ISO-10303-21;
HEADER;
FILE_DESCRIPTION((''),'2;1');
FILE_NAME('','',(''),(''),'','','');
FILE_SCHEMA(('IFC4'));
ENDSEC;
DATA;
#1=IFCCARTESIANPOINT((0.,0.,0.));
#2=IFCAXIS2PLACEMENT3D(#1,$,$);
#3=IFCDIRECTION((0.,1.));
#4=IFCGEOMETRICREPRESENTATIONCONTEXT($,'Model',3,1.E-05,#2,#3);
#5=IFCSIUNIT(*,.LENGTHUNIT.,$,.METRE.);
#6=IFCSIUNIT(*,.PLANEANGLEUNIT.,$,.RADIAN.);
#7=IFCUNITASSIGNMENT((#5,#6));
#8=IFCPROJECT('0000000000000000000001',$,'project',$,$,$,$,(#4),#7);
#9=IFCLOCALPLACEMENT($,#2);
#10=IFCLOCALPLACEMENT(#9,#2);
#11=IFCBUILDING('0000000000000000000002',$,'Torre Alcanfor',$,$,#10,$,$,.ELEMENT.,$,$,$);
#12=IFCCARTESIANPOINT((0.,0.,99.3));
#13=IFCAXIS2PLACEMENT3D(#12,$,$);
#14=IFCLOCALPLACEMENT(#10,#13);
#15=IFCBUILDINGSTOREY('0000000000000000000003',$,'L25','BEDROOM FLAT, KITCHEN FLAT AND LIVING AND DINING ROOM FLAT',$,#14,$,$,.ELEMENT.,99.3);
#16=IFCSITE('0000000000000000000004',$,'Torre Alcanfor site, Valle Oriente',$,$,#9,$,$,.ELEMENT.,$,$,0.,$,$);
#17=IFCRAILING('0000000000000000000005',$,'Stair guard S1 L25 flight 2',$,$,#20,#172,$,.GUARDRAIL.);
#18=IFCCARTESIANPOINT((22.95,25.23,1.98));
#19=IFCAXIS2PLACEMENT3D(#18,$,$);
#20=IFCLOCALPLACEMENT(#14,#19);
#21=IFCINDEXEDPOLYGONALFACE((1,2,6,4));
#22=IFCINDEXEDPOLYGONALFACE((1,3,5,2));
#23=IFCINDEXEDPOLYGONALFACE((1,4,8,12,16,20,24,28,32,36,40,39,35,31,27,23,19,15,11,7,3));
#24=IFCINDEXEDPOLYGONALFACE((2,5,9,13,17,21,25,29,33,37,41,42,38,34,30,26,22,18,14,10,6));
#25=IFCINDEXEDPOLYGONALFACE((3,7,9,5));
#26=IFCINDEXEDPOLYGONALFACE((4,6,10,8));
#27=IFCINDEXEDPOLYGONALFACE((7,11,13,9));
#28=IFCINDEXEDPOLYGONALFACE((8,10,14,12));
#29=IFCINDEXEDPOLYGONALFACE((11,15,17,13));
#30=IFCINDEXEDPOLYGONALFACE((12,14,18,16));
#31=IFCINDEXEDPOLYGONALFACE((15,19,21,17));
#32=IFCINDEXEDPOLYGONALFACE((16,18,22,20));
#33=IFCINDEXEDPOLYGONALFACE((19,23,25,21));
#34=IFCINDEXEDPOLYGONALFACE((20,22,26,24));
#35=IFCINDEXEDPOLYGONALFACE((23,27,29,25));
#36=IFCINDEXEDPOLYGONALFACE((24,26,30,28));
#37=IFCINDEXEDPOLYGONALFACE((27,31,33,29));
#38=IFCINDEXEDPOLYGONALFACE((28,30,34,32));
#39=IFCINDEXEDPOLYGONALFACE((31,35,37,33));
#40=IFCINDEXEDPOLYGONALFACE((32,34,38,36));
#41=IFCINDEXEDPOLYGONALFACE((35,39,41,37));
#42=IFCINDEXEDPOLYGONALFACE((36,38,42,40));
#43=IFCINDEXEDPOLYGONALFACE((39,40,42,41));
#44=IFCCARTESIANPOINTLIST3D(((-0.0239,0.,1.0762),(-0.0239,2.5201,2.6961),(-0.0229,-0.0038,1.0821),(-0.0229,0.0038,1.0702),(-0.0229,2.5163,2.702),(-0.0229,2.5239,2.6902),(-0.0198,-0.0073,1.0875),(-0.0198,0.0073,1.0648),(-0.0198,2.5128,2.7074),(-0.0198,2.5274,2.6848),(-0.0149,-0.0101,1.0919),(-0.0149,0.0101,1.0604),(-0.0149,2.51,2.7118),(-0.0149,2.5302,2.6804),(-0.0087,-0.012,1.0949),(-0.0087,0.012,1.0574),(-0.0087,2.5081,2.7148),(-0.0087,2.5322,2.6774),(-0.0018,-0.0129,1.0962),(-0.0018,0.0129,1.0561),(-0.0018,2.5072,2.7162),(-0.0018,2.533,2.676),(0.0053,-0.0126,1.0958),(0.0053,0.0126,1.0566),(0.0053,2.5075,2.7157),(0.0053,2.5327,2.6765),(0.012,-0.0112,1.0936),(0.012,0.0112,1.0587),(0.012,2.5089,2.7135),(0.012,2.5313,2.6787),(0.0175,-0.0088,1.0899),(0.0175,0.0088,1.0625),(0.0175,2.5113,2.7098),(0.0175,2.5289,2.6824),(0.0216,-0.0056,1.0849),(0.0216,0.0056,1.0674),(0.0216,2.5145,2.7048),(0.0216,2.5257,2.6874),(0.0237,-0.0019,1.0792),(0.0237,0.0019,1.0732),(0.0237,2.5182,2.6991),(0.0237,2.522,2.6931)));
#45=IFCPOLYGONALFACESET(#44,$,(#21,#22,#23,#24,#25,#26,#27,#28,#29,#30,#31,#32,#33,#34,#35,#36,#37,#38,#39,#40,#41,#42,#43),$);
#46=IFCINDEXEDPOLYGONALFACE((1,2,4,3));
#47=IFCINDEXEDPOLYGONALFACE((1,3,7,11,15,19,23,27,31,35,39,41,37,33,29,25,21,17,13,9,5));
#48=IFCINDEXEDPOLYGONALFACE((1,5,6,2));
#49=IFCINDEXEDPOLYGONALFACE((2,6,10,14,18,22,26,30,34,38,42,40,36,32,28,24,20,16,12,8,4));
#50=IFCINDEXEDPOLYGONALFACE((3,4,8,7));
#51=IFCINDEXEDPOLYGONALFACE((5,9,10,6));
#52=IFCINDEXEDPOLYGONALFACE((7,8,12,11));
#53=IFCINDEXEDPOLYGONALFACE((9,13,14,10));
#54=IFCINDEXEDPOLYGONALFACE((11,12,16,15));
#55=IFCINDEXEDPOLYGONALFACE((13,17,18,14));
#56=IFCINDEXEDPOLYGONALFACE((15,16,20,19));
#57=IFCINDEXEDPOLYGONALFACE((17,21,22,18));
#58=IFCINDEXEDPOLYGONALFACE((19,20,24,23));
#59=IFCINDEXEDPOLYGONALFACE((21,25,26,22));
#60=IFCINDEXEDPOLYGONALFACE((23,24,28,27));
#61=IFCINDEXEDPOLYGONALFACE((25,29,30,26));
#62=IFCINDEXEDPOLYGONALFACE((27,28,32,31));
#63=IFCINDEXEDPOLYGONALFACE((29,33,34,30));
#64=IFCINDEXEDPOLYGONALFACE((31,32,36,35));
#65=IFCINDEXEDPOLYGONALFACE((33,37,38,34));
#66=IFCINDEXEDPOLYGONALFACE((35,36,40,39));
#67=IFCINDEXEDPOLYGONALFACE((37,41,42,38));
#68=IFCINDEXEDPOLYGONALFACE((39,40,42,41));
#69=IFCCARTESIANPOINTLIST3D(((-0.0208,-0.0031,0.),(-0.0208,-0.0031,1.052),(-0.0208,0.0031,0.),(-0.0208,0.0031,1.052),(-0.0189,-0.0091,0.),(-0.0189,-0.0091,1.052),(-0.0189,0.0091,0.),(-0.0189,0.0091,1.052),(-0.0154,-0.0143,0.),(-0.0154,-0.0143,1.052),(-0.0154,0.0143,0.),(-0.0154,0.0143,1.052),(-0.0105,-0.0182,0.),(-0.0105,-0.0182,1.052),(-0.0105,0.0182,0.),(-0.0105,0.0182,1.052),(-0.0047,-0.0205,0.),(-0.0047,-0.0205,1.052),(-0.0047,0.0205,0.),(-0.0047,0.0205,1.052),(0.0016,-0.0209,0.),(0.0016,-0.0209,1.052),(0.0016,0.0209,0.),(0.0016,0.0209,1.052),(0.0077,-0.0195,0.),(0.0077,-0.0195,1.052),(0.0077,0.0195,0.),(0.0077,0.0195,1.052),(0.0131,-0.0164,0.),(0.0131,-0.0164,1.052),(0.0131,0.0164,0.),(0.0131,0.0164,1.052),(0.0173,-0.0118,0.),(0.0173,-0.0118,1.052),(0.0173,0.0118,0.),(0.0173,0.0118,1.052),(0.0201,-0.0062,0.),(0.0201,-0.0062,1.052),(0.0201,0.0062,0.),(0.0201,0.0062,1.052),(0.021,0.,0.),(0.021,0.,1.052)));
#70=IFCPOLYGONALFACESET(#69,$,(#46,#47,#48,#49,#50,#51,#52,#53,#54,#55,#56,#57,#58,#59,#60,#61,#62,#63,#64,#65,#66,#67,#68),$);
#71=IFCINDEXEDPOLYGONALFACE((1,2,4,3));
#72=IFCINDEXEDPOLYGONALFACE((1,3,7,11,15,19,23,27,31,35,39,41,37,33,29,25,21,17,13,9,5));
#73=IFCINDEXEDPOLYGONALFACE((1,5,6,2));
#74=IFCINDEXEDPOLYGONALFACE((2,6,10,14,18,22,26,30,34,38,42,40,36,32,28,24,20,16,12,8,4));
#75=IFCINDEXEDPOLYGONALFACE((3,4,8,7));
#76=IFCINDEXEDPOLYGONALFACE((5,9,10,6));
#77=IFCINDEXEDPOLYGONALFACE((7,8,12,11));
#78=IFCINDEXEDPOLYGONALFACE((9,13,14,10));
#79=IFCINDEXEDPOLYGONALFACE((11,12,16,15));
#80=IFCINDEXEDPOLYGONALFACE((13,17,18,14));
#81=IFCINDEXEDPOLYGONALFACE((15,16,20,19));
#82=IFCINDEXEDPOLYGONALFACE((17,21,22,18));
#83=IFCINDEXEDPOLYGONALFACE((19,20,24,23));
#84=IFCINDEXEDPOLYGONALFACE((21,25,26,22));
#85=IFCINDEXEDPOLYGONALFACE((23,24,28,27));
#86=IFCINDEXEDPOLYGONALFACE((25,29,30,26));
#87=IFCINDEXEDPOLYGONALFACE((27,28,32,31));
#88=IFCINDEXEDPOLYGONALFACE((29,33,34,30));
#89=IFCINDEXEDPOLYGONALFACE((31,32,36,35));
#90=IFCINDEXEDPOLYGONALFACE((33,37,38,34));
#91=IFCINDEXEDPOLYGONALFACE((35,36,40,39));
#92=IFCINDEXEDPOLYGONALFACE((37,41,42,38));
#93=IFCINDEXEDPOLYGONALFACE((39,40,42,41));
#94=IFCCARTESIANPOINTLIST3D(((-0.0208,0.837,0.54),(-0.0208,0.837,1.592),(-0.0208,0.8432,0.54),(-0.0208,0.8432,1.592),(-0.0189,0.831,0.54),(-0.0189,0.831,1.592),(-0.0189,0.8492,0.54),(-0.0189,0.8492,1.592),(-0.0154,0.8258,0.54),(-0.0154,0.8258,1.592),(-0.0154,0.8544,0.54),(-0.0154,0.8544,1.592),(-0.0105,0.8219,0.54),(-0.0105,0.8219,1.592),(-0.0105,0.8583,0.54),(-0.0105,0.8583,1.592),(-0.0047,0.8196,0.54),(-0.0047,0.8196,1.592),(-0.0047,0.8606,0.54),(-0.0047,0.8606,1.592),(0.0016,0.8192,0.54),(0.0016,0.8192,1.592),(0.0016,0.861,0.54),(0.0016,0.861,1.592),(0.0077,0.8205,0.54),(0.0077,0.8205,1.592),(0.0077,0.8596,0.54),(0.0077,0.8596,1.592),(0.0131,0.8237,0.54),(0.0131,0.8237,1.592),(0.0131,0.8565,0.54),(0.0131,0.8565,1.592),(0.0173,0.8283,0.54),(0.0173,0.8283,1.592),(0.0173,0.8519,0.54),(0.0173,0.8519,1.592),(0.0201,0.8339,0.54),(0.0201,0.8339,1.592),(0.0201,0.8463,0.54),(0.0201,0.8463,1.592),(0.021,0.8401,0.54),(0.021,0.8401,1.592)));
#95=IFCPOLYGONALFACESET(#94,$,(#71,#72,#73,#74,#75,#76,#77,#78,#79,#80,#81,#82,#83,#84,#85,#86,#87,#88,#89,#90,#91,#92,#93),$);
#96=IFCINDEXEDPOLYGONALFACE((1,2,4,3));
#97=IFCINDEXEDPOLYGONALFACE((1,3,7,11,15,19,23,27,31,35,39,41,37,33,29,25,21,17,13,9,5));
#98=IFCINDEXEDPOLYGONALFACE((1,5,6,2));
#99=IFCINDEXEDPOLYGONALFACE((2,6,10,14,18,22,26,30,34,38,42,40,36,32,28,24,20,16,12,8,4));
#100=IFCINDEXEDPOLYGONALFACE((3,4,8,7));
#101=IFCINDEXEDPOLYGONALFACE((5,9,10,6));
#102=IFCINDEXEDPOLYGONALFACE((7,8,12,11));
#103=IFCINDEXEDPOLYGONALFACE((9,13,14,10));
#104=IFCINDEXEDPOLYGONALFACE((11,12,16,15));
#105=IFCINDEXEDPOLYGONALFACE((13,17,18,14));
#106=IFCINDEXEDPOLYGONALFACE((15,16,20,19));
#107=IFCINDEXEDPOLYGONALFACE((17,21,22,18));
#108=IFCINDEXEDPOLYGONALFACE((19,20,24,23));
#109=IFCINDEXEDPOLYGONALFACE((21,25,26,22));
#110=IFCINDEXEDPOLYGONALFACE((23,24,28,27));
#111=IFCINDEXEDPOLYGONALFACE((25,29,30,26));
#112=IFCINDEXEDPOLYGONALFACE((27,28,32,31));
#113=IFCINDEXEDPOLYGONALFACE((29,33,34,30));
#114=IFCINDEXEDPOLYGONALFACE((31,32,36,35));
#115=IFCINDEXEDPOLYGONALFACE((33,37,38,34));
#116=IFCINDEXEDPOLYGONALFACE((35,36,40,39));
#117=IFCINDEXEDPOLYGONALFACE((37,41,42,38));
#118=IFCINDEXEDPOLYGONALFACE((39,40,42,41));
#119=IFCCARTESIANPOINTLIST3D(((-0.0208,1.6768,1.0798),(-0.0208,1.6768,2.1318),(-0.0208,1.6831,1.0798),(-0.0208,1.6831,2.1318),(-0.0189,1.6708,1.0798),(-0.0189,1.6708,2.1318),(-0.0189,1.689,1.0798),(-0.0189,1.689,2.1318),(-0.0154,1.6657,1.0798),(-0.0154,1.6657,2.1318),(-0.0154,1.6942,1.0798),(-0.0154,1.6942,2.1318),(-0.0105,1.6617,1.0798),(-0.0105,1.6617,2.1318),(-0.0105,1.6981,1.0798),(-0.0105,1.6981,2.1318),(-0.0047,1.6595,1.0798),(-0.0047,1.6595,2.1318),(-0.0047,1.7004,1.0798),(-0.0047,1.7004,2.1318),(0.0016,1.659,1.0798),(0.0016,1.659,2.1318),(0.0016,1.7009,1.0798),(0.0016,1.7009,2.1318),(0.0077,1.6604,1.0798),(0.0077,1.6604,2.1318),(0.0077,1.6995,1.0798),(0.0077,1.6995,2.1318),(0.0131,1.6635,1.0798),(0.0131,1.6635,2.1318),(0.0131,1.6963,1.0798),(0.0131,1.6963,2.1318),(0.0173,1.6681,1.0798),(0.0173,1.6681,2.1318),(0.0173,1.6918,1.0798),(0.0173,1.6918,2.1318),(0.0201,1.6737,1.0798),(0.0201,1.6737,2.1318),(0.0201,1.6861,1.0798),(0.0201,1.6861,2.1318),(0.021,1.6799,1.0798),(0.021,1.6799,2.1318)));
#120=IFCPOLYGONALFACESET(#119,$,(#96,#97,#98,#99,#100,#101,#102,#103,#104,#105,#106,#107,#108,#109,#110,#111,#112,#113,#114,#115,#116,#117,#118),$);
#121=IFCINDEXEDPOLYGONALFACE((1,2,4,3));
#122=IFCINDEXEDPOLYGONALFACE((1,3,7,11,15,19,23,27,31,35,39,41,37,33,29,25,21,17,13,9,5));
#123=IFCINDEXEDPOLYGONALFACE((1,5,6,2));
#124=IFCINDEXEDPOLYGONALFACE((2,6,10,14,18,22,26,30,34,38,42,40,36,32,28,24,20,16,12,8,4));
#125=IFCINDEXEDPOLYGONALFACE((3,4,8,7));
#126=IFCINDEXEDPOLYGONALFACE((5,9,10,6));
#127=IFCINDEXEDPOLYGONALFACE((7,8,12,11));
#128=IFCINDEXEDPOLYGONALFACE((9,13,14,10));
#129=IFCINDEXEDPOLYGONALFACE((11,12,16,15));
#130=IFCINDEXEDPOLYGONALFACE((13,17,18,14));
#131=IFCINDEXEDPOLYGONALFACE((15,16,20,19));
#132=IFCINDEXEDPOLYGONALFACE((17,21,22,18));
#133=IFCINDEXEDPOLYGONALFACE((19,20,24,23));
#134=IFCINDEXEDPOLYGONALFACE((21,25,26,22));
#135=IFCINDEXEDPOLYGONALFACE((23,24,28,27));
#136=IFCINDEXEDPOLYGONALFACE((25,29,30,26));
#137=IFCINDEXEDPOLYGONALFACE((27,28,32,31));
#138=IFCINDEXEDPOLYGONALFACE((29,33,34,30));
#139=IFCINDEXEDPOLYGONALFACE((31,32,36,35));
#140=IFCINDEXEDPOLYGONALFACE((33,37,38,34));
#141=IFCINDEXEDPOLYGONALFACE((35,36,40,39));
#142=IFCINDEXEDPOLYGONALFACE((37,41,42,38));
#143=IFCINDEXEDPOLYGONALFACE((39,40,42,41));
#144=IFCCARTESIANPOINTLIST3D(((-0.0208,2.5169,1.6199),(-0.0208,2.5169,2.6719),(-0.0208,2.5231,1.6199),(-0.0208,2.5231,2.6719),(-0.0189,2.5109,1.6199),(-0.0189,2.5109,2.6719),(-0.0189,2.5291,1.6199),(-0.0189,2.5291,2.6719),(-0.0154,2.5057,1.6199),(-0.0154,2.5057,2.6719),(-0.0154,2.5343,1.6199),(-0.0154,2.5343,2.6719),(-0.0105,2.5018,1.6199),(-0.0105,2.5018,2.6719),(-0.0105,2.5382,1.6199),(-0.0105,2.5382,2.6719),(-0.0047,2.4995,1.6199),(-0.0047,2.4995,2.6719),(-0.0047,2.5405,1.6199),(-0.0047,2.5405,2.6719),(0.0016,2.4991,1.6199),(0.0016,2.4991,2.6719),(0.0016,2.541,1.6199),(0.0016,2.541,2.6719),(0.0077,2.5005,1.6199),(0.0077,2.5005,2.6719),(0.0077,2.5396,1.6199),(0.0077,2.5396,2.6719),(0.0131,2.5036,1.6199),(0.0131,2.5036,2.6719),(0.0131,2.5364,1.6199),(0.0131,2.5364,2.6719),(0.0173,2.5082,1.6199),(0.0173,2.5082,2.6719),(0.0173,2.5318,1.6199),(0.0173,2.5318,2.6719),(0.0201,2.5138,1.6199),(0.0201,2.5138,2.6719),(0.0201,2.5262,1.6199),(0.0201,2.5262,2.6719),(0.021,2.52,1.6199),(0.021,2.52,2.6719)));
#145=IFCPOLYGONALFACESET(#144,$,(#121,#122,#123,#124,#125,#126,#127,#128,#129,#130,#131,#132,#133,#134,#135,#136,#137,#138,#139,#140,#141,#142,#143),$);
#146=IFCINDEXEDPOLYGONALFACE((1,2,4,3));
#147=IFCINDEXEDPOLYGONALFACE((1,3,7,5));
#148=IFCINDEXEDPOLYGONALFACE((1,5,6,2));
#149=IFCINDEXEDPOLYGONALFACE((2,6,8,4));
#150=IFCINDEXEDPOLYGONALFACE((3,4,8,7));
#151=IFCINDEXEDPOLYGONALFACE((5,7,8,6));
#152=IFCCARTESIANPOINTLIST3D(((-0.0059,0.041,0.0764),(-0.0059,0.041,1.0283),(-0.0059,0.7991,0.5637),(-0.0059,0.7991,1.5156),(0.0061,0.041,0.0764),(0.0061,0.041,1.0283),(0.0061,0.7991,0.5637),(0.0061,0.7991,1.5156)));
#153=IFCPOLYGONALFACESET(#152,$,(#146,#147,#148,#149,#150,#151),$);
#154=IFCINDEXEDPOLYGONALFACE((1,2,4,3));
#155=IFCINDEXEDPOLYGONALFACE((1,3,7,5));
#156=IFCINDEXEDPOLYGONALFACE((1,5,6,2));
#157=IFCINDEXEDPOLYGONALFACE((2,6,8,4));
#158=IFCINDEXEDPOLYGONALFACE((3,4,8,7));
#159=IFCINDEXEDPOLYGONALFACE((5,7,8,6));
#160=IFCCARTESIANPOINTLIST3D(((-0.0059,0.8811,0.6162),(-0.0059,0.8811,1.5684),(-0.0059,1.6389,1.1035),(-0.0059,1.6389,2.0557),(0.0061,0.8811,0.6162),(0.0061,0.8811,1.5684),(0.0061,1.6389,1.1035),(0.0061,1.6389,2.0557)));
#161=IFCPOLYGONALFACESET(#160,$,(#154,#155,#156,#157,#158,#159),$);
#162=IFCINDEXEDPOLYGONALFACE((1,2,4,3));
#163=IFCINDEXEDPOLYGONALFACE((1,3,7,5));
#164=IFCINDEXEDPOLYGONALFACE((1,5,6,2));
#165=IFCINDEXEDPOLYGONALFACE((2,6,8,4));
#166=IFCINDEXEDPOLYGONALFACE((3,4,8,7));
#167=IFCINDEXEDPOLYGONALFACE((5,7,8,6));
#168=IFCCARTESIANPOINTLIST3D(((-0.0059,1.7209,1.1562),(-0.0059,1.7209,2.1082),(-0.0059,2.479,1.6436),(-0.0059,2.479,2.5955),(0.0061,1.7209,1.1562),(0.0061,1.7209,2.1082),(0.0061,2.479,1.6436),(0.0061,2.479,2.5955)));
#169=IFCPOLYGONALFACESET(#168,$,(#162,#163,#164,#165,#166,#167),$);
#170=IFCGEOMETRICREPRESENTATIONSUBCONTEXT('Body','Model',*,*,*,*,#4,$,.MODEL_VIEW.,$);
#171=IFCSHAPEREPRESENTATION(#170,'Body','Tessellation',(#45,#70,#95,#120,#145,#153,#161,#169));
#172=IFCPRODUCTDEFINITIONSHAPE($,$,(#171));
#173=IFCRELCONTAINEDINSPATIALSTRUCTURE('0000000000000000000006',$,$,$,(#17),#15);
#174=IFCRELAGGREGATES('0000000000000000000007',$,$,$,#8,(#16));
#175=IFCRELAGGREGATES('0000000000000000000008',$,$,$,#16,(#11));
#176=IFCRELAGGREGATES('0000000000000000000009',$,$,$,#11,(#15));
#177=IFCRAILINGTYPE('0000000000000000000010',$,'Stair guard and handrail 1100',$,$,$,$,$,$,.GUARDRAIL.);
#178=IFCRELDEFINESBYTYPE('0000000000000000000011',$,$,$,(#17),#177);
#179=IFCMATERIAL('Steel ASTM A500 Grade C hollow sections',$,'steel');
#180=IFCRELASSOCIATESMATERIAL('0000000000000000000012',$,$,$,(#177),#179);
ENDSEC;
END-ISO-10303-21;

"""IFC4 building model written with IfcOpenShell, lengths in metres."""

from ifc_helpers import new_model, si_unit, direction, frame, origin, origin_2d, place, context, subcontext, project, spatial, polyline, circle, outline, extrude, material, type_object, element, save


model = new_model("IFC4")

# Units and contexts
model_context = context("Model", 3, precision=1e-05, world=origin(), true_north=direction((0.0, 1.0)))
body_context = subcontext(model_context, "Body", "Model", "MODEL_VIEW")
ifc_project = project(units=[si_unit("LENGTHUNIT", "METRE"), si_unit("PLANEANGLEUNIT", "RADIAN")], contexts=[model_context])

# Site, building, storey
site_placement = place(None, origin())
site = spatial("IfcSite", under=ifc_project, at=site_placement, Name="Torre Alcanfor site, Valle Oriente", CompositionType="ELEMENT", RefElevation=0.0)
building_placement = place(site_placement, origin())
building = spatial("IfcBuilding", under=site, at=building_placement, Name="Torre Alcanfor", CompositionType="ELEMENT")
storey_placement = place(building_placement, frame((0.0, 0.0, 99.3)))
storey = spatial("IfcBuildingStorey", under=building, at=storey_placement, Name="L25", Description="BEDROOM FLAT, KITCHEN FLAT AND LIVING AND DINING ROOM FLAT", CompositionType="ELEMENT", Elevation=99.3)

# Railing
ifc_material_1 = material(Name="Steel ASTM A500 Grade C hollow sections", Category="steel")
railing_type_1 = type_object("IfcRailingType", Name="Stair guard and handrail 1100", PredefinedType="GUARDRAIL", material=ifc_material_1)
railing_1_placement = place(storey_placement, frame((22.95, 25.23, 1.98)))
element("IfcRailing", 1, at=railing_1_placement, inside=storey, type_object=railing_type_1, Name="Stair guard S1 L25 flight 2", PredefinedType="GUARDRAIL", context=body_context, shape_type="SweptSolid", body=[
    extrude(circle(Radius=0.0239, at=origin_2d()), frame((0.0, 0.0, 1.0762), z_axis=(0.0, 0.8412, 0.540725), x_axis=(-1.0, 0.0, 0.0)), (0.0, 0.0, 1.0), 2.9958),
    extrude(circle(Radius=0.021, at=origin_2d()), origin(), (0.0, 0.0, 1.0), 1.052),
    extrude(circle(Radius=0.021, at=origin_2d()), frame((0.0, 0.8401, 0.54)), (0.0, 0.0, 1.0), 1.052),
    extrude(circle(Radius=0.021, at=origin_2d()), frame((0.0, 1.6799, 1.0798)), (0.0, 0.0, 1.0), 1.052),
    extrude(circle(Radius=0.021, at=origin_2d()), frame((0.0, 2.52, 1.6199)), (0.0, 0.0, 1.0), 1.052),
    extrude(outline(polyline([(0.041, 0.0764), (0.7991, 0.5637), (0.7991, 1.5156), (0.041, 1.0283), (0.041, 0.0764)])), frame((-0.0059, 0.0, 0.0), z_axis=(1.0, 0.0, 0.0), x_axis=(0.0, 1.0, 0.0)), (0.0, 0.0, 1.0), 0.012),
    extrude(outline(polyline([(0.8811, 0.6162), (1.6389, 1.1035), (1.6389, 2.0557), (0.8811, 1.5684), (0.8811, 0.6162)])), frame((-0.0059, 0.0, 0.0), z_axis=(1.0, 0.0, 0.0), x_axis=(0.0, 1.0, 0.0)), (0.0, 0.0, 1.0), 0.012),
    extrude(outline(polyline([(1.7209, 1.1562), (2.479, 1.6436), (2.479, 2.5955), (1.7209, 2.1082), (1.7209, 1.1562)])), frame((-0.0059, 0.0, 0.0), z_axis=(1.0, 0.0, 0.0), x_axis=(0.0, 1.0, 0.0)), (0.0, 0.0, 1.0), 0.012),
])

save(model, "model.ifc")
